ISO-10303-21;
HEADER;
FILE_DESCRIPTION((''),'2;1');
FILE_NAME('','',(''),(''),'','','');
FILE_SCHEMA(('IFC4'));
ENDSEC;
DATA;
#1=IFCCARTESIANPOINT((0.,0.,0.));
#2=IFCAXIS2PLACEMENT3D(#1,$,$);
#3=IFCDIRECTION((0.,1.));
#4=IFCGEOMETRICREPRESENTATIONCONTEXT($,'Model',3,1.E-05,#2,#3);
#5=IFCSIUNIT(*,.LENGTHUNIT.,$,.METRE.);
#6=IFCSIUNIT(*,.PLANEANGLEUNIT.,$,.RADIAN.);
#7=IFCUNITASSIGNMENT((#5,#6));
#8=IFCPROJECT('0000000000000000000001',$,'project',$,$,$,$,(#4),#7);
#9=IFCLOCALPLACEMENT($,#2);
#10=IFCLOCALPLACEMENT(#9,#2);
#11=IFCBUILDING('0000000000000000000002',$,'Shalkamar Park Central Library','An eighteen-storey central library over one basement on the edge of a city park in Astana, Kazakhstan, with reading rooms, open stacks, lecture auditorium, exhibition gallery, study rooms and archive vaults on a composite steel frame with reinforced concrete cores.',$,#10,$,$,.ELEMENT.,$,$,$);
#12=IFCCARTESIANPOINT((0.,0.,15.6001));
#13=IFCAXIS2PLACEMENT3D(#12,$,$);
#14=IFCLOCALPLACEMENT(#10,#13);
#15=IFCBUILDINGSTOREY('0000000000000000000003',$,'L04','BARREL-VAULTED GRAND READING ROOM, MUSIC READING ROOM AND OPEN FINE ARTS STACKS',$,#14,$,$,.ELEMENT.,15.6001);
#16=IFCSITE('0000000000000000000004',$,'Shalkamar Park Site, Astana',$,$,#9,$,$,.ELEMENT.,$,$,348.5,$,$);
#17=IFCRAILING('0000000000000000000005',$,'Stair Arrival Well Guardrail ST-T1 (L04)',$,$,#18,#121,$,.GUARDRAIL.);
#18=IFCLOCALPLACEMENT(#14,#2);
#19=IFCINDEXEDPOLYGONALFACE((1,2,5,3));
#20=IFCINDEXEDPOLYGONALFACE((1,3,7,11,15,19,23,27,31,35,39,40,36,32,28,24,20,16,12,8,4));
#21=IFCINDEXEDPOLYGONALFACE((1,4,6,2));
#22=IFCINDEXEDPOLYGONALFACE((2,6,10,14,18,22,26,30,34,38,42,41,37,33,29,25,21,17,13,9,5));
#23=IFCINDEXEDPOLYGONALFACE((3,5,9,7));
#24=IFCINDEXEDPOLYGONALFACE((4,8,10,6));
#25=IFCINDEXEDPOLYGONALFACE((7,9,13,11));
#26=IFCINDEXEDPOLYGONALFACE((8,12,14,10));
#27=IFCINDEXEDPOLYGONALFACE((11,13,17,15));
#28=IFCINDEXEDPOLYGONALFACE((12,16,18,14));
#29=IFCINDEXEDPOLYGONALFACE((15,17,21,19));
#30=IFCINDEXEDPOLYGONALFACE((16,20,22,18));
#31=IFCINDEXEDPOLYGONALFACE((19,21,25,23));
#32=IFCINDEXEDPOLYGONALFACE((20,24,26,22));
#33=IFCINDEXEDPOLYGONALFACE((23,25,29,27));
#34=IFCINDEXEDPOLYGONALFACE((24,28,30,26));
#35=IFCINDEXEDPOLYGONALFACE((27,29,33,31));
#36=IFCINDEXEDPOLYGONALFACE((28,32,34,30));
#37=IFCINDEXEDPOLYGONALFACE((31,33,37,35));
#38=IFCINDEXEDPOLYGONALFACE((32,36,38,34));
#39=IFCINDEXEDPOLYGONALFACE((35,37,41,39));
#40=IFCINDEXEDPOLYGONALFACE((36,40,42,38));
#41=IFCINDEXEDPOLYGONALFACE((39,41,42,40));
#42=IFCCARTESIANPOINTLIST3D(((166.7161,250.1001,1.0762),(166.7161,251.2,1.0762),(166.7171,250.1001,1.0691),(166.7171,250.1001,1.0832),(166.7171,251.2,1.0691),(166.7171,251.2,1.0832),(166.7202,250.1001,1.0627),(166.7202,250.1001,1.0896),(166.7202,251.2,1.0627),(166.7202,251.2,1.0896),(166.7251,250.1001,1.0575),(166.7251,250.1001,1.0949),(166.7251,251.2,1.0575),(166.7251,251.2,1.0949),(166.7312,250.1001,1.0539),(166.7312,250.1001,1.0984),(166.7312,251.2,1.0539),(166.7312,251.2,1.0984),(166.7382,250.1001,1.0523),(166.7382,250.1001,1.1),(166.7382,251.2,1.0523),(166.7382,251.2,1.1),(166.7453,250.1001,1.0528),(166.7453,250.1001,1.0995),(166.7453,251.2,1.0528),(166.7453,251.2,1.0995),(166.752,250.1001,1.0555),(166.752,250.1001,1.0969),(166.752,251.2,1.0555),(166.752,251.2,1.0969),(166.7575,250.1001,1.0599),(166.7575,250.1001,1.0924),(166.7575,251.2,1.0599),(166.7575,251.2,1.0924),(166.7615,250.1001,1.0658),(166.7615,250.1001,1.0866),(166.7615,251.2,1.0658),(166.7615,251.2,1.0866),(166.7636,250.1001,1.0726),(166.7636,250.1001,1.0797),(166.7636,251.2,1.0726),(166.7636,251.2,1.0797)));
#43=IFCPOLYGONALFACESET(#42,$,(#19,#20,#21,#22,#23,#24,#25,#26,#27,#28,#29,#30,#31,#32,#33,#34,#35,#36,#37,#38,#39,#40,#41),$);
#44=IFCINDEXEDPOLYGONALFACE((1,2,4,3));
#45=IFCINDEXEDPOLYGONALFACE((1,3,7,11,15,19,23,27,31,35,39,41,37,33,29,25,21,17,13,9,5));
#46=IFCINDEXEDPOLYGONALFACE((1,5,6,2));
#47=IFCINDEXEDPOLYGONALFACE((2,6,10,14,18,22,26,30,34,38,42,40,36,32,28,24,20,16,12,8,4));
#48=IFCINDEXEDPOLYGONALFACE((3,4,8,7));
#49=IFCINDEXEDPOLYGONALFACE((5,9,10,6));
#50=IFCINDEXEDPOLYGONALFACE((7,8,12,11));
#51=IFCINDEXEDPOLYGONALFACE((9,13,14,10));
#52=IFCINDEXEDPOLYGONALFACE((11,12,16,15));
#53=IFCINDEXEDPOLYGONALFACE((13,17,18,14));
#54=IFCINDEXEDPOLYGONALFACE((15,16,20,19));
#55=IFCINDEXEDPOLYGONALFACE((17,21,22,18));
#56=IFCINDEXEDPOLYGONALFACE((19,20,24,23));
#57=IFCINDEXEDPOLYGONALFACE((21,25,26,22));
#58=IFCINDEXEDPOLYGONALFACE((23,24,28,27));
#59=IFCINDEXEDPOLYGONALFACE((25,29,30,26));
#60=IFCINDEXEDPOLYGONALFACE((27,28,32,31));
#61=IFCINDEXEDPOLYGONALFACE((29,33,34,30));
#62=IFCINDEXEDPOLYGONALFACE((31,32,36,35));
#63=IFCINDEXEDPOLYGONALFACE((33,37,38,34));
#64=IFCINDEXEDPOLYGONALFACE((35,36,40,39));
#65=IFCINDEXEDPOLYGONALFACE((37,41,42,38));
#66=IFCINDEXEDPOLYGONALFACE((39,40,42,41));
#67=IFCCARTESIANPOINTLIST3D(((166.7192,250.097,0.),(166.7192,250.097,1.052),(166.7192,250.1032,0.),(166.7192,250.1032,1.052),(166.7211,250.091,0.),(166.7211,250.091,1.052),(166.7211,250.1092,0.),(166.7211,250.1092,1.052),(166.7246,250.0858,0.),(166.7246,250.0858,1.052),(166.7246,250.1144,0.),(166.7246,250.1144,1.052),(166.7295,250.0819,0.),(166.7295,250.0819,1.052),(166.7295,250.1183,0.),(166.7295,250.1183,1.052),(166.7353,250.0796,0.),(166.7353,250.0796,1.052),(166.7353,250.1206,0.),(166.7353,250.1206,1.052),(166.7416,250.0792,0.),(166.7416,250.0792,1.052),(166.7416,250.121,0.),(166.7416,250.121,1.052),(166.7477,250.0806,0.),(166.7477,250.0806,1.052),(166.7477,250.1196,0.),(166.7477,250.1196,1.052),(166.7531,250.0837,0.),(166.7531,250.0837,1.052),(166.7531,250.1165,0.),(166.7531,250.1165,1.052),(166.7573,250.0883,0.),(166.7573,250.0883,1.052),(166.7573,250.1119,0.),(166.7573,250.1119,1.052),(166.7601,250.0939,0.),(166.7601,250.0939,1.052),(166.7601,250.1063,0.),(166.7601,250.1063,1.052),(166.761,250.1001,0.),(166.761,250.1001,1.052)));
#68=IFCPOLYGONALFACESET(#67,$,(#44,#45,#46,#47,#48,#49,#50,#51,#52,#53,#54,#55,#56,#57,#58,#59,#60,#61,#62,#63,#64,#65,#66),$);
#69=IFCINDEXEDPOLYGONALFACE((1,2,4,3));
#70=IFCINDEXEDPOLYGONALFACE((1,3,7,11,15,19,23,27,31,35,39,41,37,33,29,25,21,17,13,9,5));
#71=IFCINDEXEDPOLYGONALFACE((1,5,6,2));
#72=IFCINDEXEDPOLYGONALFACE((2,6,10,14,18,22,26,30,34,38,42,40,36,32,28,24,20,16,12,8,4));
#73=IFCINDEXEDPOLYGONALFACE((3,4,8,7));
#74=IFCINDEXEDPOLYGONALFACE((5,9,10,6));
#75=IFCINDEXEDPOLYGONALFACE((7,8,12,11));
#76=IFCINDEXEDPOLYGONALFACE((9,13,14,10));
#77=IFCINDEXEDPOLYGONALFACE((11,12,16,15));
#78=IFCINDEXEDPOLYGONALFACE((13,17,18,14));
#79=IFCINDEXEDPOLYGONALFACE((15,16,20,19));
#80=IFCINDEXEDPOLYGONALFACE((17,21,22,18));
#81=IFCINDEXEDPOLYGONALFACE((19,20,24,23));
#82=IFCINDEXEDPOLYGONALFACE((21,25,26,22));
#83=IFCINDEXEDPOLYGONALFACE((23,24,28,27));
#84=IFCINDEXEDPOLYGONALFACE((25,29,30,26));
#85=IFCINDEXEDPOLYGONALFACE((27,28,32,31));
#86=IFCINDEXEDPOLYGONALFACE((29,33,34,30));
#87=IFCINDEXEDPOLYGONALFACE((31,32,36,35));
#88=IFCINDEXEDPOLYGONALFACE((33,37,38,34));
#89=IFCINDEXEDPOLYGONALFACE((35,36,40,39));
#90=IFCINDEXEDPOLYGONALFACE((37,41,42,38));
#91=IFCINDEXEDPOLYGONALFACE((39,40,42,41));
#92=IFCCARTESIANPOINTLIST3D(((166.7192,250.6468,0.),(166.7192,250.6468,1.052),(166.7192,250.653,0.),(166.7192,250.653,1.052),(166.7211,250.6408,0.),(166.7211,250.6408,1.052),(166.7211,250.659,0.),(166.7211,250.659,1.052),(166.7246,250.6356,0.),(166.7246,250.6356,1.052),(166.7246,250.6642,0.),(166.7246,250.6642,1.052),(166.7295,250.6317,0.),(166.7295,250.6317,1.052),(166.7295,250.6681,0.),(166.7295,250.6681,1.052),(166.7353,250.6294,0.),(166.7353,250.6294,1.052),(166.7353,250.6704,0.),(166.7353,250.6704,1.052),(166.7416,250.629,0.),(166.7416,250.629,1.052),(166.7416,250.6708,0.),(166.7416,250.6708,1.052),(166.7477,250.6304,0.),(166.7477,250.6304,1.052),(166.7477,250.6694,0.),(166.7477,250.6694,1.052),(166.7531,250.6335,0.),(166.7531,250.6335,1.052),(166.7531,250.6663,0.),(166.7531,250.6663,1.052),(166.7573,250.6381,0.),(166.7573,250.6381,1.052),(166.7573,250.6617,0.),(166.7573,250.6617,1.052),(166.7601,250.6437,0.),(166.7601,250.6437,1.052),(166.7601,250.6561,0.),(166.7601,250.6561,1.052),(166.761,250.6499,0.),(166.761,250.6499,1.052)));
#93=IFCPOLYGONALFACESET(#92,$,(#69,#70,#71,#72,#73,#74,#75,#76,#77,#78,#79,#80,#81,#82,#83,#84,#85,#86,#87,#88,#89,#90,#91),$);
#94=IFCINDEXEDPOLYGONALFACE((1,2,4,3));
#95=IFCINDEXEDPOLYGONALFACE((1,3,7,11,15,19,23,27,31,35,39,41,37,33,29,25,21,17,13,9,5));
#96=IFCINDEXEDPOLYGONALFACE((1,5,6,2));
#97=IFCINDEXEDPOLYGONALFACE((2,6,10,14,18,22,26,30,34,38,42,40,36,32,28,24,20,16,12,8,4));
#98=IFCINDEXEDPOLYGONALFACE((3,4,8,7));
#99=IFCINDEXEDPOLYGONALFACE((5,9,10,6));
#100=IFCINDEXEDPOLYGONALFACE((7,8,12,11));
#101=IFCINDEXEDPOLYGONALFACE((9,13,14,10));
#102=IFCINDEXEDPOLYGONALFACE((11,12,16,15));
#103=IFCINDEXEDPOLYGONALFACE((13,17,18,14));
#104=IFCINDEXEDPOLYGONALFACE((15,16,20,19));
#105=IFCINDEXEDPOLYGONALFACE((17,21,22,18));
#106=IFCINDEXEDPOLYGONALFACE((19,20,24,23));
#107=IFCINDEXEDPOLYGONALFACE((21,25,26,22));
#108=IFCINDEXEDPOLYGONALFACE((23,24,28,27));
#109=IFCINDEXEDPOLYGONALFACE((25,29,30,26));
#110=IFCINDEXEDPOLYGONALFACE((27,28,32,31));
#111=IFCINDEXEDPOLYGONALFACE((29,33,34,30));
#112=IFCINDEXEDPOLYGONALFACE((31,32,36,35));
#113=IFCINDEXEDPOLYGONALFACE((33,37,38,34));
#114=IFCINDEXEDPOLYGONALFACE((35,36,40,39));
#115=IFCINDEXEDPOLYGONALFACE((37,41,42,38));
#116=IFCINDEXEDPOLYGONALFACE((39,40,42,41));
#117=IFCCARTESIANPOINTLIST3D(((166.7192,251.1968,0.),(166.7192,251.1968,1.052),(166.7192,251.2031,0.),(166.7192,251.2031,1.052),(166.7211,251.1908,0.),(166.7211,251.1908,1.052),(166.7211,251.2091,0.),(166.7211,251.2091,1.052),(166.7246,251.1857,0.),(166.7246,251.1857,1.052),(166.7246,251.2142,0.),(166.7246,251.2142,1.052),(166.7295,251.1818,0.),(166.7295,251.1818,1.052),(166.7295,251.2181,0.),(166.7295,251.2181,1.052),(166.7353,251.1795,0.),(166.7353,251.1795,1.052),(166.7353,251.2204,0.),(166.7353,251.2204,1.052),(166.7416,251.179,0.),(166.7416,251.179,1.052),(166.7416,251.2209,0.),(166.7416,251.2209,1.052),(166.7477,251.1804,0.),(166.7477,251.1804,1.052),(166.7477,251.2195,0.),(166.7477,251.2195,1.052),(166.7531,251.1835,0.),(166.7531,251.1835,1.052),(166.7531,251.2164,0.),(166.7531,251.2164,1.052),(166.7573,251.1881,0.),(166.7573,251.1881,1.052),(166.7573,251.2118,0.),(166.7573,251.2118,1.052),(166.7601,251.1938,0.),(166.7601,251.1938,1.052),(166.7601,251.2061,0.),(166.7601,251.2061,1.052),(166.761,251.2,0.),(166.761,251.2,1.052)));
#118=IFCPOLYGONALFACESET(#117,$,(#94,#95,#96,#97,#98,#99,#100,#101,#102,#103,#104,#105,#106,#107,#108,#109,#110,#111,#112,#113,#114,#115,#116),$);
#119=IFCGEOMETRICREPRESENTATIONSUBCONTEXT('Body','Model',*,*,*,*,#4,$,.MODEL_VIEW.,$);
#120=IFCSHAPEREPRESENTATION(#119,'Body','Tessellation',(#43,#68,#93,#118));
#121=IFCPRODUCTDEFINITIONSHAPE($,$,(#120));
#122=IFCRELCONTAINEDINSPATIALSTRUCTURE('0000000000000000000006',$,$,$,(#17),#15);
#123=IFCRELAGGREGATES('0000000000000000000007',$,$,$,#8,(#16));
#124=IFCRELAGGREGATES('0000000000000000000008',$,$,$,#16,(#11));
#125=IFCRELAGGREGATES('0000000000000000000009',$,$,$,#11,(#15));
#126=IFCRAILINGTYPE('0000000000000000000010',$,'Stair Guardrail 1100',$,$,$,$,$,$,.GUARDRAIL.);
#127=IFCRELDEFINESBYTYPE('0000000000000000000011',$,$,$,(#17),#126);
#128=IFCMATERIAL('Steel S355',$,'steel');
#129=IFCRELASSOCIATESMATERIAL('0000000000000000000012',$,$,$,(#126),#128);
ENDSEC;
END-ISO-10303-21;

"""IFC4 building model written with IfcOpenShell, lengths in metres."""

from ifc_helpers import new_model, si_unit, direction, frame, origin, origin_2d, place, context, subcontext, project, spatial, circle, extrude, material, type_object, element, save


model = new_model("IFC4")

# Units and contexts
model_context = context("Model", 3, precision=1e-05, world=origin(), true_north=direction((0.0, 1.0)))
body_context = subcontext(model_context, "Body", "Model", "MODEL_VIEW")
ifc_project = project(units=[si_unit("LENGTHUNIT", "METRE"), si_unit("PLANEANGLEUNIT", "RADIAN")], contexts=[model_context])

# Site, building, storey
site_placement = place(None, origin())
site = spatial("IfcSite", under=ifc_project, at=site_placement, Name="Shalkamar Park Site, Astana", CompositionType="ELEMENT", RefElevation=348.5)
building_placement = place(site_placement, origin())
building = spatial("IfcBuilding", under=site, at=building_placement, Name="Shalkamar Park Central Library", Description="An eighteen-storey central library over one basement on the edge of a city park in Astana, Kazakhstan, with reading rooms, open stacks, lecture auditorium, exhibition gallery, study rooms and archive vaults on a composite steel frame with reinforced concrete cores.", CompositionType="ELEMENT")
storey_placement = place(building_placement, frame((0.0, 0.0, 15.6001)))
storey = spatial("IfcBuildingStorey", under=building, at=storey_placement, Name="L04", Description="BARREL-VAULTED GRAND READING ROOM, MUSIC READING ROOM AND OPEN FINE ARTS STACKS", CompositionType="ELEMENT", Elevation=15.6001)

# Shared definitions
ifc_material_1 = material(Name="Steel S355", Category="steel")

# Railing
railing_type_1 = type_object("IfcRailingType", Name="Stair Guardrail 1100", PredefinedType="GUARDRAIL", material=ifc_material_1)
railing_1_placement = place(storey_placement, frame((166.74, 250.1001, 0.0)))
element("IfcRailing", 1, at=railing_1_placement, inside=storey, type_object=railing_type_1, Name="Stair Arrival Well Guardrail ST-T1 (L04)", PredefinedType="GUARDRAIL", context=body_context, shape_type="SweptSolid", body=[
    extrude(circle(Radius=0.0239, at=origin_2d()), frame((0.0, 0.0, 1.0762), z_axis=(0.0, 1.0, 0.0), x_axis=(-1.0, 0.0, 0.0)), (0.0, 0.0, 1.0), 1.0999),
    extrude(circle(Radius=0.021, at=origin_2d()), origin(), (0.0, 0.0, 1.0), 1.052),
    extrude(circle(Radius=0.021, at=origin_2d()), frame((0.0, 0.5498, 0.0)), (0.0, 0.0, 1.0), 1.052),
    extrude(circle(Radius=0.021, at=origin_2d()), frame((0.0, 1.0999, 0.0)), (0.0, 0.0, 1.0), 1.052),
])

save(model, "model.ifc")
